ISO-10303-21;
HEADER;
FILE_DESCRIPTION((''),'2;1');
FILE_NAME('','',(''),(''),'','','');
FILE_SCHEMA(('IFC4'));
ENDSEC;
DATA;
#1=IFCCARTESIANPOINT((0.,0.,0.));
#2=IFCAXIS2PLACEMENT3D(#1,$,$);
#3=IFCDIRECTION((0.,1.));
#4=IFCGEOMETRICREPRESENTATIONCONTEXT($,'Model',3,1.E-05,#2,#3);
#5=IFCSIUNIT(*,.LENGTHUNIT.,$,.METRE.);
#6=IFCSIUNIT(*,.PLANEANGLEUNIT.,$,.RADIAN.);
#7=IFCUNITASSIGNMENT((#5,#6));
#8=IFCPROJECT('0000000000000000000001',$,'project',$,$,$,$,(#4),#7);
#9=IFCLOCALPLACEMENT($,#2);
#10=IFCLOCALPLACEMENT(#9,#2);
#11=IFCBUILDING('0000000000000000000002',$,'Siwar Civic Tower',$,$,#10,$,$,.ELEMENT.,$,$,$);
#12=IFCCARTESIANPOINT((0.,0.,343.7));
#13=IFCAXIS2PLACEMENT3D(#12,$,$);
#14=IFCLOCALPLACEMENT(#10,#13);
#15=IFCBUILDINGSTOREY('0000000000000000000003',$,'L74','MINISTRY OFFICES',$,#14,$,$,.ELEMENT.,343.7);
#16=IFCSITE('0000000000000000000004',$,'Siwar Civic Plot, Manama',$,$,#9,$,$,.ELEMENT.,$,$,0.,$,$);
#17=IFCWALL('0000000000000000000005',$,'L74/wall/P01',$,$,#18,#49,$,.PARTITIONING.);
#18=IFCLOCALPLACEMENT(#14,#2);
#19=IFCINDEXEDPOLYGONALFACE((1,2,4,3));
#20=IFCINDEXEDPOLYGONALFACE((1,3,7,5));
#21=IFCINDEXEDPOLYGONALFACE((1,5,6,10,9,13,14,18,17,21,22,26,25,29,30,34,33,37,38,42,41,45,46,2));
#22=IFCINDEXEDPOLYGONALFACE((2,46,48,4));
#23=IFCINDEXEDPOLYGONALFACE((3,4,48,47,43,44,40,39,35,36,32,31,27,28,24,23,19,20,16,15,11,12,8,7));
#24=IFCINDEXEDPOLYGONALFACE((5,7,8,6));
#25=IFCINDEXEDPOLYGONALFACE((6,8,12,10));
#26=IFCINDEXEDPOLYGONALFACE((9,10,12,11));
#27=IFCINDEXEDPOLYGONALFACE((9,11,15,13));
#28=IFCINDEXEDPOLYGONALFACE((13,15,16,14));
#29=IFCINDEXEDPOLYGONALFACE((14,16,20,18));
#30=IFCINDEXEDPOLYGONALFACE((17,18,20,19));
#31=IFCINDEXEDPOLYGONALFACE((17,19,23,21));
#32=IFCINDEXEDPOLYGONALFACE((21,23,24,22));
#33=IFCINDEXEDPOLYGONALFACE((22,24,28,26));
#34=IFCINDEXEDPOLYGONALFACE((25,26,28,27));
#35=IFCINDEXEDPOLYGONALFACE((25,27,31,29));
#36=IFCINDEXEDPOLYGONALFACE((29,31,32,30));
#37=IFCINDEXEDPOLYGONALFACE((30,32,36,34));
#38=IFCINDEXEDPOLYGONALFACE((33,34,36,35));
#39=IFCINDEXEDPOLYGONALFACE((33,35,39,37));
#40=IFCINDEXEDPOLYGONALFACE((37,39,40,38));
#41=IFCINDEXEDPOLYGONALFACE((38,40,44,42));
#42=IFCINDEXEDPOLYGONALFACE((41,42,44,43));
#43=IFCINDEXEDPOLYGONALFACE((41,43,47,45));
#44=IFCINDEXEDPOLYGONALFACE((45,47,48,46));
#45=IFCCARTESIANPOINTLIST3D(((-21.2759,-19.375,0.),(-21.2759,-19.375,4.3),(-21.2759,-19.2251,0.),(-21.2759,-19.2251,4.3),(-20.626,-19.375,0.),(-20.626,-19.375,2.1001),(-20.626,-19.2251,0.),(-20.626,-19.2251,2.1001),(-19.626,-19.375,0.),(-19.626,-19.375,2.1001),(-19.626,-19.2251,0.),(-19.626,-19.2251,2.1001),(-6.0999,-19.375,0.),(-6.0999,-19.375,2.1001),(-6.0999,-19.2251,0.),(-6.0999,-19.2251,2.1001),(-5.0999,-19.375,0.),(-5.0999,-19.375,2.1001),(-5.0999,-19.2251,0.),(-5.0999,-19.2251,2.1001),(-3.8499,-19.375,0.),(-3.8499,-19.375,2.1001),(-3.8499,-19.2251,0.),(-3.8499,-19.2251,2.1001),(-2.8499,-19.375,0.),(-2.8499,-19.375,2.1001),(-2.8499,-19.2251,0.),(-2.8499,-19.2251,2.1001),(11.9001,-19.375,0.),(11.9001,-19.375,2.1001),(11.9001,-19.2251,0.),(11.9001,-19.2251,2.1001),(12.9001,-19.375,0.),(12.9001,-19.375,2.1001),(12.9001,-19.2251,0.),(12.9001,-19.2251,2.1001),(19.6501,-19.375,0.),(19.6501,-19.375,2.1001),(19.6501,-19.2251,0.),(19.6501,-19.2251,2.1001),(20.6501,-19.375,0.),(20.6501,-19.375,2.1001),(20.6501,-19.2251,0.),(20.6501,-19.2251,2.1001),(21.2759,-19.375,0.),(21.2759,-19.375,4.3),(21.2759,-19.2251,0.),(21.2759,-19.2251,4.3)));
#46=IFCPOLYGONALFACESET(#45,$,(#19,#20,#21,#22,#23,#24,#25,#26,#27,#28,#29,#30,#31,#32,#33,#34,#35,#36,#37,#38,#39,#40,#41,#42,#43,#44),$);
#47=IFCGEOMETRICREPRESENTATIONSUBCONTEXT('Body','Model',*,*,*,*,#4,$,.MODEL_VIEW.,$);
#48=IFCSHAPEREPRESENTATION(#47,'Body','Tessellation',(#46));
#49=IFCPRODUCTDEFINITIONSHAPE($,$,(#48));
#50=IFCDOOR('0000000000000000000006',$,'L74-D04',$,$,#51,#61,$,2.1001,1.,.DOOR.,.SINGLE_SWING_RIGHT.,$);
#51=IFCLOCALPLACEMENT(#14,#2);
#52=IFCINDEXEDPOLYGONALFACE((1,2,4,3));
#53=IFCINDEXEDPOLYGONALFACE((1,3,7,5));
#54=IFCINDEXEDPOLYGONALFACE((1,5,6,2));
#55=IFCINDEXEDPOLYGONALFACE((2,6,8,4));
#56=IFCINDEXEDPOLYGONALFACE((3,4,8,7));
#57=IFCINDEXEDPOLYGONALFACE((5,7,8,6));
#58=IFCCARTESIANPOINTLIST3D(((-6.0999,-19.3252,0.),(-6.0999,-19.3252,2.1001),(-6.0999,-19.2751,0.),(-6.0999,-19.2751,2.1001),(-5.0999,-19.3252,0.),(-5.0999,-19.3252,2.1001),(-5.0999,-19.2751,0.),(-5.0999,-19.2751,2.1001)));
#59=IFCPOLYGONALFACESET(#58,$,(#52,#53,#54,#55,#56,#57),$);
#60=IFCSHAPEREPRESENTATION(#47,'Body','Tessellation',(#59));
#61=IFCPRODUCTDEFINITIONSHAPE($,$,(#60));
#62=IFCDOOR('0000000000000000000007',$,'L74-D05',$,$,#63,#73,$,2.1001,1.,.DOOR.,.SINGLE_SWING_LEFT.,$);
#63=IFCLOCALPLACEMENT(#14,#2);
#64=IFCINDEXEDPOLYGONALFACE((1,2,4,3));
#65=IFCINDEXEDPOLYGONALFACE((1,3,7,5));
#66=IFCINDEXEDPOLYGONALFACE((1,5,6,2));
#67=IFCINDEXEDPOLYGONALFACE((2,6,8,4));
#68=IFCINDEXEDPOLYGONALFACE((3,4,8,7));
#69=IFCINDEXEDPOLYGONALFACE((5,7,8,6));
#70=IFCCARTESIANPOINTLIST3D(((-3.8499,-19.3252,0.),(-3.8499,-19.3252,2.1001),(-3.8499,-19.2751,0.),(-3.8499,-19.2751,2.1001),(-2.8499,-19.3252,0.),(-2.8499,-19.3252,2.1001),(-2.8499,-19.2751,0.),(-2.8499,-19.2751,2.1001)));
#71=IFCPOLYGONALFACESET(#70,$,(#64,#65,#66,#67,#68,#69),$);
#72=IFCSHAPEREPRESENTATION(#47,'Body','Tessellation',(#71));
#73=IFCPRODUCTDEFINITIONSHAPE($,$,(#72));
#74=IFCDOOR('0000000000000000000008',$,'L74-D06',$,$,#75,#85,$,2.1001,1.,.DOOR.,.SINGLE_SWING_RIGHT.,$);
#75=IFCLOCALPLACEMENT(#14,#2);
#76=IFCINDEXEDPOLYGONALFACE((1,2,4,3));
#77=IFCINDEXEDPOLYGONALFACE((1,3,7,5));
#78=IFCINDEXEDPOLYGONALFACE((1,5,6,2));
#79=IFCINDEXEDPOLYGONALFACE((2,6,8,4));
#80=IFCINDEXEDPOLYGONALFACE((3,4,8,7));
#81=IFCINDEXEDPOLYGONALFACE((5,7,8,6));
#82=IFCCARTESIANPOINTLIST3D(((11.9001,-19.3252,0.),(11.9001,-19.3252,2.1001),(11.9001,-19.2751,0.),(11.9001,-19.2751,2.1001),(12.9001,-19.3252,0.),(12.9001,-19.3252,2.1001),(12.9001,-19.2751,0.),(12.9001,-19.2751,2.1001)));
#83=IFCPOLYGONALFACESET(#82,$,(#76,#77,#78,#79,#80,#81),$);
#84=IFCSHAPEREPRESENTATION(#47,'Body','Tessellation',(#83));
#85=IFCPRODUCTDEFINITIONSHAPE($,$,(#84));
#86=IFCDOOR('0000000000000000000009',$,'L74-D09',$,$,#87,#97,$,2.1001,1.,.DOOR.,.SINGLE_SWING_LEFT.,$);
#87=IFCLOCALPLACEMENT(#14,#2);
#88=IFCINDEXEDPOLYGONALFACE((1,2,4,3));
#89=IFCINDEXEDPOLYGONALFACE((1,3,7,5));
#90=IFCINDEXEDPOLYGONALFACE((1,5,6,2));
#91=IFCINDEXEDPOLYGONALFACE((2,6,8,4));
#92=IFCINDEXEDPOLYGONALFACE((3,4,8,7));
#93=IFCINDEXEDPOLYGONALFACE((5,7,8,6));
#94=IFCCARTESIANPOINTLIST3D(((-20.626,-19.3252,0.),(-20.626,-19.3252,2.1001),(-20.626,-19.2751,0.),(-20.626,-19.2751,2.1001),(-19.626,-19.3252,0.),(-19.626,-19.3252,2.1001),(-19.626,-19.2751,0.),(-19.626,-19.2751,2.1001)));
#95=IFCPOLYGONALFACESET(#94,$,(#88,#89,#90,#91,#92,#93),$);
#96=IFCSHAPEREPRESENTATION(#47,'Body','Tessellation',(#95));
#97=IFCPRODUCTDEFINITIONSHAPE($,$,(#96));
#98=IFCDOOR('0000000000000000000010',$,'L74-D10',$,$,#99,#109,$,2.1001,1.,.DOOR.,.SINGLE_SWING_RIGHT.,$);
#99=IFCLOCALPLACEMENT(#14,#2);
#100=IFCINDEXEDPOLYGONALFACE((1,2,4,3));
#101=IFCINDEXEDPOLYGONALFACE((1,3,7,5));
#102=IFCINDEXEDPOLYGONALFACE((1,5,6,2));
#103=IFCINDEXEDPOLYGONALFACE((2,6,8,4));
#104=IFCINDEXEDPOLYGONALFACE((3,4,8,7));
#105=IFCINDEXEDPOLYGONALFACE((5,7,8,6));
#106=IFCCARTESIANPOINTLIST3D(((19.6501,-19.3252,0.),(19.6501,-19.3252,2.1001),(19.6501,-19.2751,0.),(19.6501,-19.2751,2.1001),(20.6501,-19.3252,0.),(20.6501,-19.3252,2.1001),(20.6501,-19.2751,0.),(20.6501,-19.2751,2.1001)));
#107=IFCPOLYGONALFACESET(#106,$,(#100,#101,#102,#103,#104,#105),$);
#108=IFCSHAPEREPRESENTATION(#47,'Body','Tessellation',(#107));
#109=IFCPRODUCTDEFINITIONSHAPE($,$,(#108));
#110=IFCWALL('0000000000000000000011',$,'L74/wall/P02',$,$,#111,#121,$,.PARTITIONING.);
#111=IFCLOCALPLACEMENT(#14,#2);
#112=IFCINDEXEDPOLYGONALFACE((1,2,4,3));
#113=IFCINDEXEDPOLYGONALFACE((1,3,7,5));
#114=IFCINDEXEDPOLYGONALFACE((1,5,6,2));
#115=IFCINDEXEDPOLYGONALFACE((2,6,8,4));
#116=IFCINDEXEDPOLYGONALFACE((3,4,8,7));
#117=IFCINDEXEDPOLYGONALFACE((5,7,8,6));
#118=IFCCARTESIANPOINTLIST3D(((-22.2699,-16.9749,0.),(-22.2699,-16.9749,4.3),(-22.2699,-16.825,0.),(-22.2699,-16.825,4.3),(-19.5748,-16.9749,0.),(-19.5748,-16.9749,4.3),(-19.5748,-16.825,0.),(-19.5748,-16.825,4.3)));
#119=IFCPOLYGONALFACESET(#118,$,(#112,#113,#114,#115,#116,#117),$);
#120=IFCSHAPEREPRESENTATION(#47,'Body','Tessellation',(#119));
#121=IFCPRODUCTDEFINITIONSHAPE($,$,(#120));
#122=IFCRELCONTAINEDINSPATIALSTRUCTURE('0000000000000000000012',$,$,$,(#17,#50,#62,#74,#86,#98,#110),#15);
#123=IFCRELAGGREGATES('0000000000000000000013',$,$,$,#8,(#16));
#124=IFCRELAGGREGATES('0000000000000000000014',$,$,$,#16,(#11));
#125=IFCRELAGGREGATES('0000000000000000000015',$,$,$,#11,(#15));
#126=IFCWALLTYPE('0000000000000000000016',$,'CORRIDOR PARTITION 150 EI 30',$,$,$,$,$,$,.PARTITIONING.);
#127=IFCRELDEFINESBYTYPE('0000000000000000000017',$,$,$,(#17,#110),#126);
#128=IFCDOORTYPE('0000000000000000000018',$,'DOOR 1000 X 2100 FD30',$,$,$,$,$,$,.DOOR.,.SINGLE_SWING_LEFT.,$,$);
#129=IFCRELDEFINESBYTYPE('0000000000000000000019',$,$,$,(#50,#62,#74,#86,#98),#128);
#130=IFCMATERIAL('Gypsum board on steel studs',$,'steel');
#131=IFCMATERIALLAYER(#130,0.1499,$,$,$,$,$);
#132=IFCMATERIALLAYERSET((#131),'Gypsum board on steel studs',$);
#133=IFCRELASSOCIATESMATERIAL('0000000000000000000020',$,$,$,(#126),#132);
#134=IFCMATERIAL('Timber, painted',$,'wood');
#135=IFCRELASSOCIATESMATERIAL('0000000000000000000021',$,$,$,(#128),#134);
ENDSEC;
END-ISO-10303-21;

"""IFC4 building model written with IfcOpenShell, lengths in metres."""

from ifc_helpers import new_model, si_unit, direction, frame, frame_2d, origin, place, context, subcontext, project, spatial, rectangle, extrude, material, layer, layer_set, type_object, element, fill, save


model = new_model("IFC4")

# Units and contexts
model_context = context("Model", 3, precision=1e-05, world=origin(), true_north=direction((0.0, 1.0)))
body_context = subcontext(model_context, "Body", "Model", "MODEL_VIEW")
ifc_project = project(units=[si_unit("LENGTHUNIT", "METRE"), si_unit("PLANEANGLEUNIT", "RADIAN")], contexts=[model_context])

# Site, building, storey
site_placement = place(None, origin())
site = spatial("IfcSite", under=ifc_project, at=site_placement, Name="Siwar Civic Plot, Manama", CompositionType="ELEMENT", RefElevation=0.0)
building_placement = place(site_placement, origin())
building = spatial("IfcBuilding", under=site, at=building_placement, Name="Siwar Civic Tower", CompositionType="ELEMENT")
storey_placement = place(building_placement, frame((0.0, 0.0, 343.7)))
storey = spatial("IfcBuildingStorey", under=building, at=storey_placement, Name="L74", Description="MINISTRY OFFICES", CompositionType="ELEMENT", Elevation=343.7)

# Wall, openings, doors
ifc_material_1 = material(Name="Gypsum board on steel studs", Category="steel")
ifc_layer_1 = layer(ifc_material_1, 0.1499)
ifc_layer_set_1 = layer_set([ifc_layer_1], Name="Gypsum board on steel studs")
wall_type = type_object("IfcWallType", Name="CORRIDOR PARTITION 150 EI 30", PredefinedType="PARTITIONING", material=ifc_layer_set_1)
wall_1_placement = place(storey_placement, frame((-21.2759, -19.3, 0.0), z_axis=(0.0, 0.0, 1.0), x_axis=(1.0, 0.0, 0.0)))
wall_1 = element("IfcWall", 1, at=wall_1_placement, inside=storey, type_object=wall_type, Name="L74/wall/P01", PredefinedType="PARTITIONING", context=body_context, shape_type="SweptSolid", body=[
    extrude(rectangle(XDim=42.5518, YDim=0.1499, at=frame_2d((21.2759, 0.0))), origin(), (0.0, 0.0, 1.0), 4.3),
])
opening_1_placement = place(wall_1_placement, frame((15.176, 0.0, 0.0)))
opening_1 = element("IfcOpeningElement", 2, at=opening_1_placement, cuts=wall_1, PredefinedType="OPENING", context=body_context, shape_type="SweptSolid", body=[
    extrude(rectangle(XDim=1.0, YDim=2.1001, at=frame_2d((0.5, 1.05))), frame((0.0, 0.085, 0.0), z_axis=(0.0, -1.0, 0.0), x_axis=(1.0, 0.0, 0.0)), (0.0, 0.0, 1.0), 0.1699),
])
opening_2_placement = place(wall_1_placement, frame((17.426, 0.0, 0.0)))
opening_2 = element("IfcOpeningElement", 3, at=opening_2_placement, cuts=wall_1, PredefinedType="OPENING", context=body_context, shape_type="SweptSolid", body=[
    extrude(rectangle(XDim=1.0, YDim=2.1001, at=frame_2d((0.5, 1.05))), frame((0.0, 0.085, 0.0), z_axis=(0.0, -1.0, 0.0), x_axis=(1.0, 0.0, 0.0)), (0.0, 0.0, 1.0), 0.1699),
])
opening_3_placement = place(wall_1_placement, frame((33.176, 0.0, 0.0)))
opening_3 = element("IfcOpeningElement", 4, at=opening_3_placement, cuts=wall_1, PredefinedType="OPENING", context=body_context, shape_type="SweptSolid", body=[
    extrude(rectangle(XDim=1.0, YDim=2.1001, at=frame_2d((0.5, 1.05))), frame((0.0, 0.085, 0.0), z_axis=(0.0, -1.0, 0.0), x_axis=(1.0, 0.0, 0.0)), (0.0, 0.0, 1.0), 0.1699),
])
opening_4_placement = place(wall_1_placement, frame((0.6499, 0.0, 0.0)))
opening_4 = element("IfcOpeningElement", 5, at=opening_4_placement, cuts=wall_1, PredefinedType="OPENING", context=body_context, shape_type="SweptSolid", body=[
    extrude(rectangle(XDim=1.0, YDim=2.1001, at=frame_2d((0.5, 1.05))), frame((0.0, 0.085, 0.0), z_axis=(0.0, -1.0, 0.0), x_axis=(1.0, 0.0, 0.0)), (0.0, 0.0, 1.0), 0.1699),
])
opening_5_placement = place(wall_1_placement, frame((40.926, 0.0, 0.0)))
opening_5 = element("IfcOpeningElement", 6, at=opening_5_placement, cuts=wall_1, PredefinedType="OPENING", context=body_context, shape_type="SweptSolid", body=[
    extrude(rectangle(XDim=1.0, YDim=2.1001, at=frame_2d((0.5, 1.05))), frame((0.0, 0.085, 0.0), z_axis=(0.0, -1.0, 0.0), x_axis=(1.0, 0.0, 0.0)), (0.0, 0.0, 1.0), 0.1699),
])
ifc_material_2 = material(Name="Timber, painted", Category="wood")
door_type = type_object("IfcDoorType", Name="DOOR 1000 X 2100 FD30", OperationType="SINGLE_SWING_LEFT", PredefinedType="DOOR", material=ifc_material_2)
door_1_placement = place(opening_1_placement, origin())
door_1 = element("IfcDoor", 7, at=door_1_placement, inside=storey, type_object=door_type, Name="L74-D04", OperationType="SINGLE_SWING_RIGHT", OverallHeight=2.1001, OverallWidth=1.0, PredefinedType="DOOR", context=body_context, shape_type="SweptSolid", body=[
    extrude(rectangle(XDim=1.0, YDim=2.1001, at=frame_2d((0.5, 1.05))), frame((0.0, 0.0249, 0.0), z_axis=(0.0, -1.0, 0.0), x_axis=(1.0, 0.0, 0.0)), (0.0, 0.0, 1.0), 0.05),
])
fill(opening_1, door_1)
door_2_placement = place(opening_2_placement, origin())
door_2 = element("IfcDoor", 8, at=door_2_placement, inside=storey, type_object=door_type, Name="L74-D05", OperationType="SINGLE_SWING_LEFT", OverallHeight=2.1001, OverallWidth=1.0, PredefinedType="DOOR", context=body_context, shape_type="SweptSolid", body=[
    extrude(rectangle(XDim=1.0, YDim=2.1001, at=frame_2d((0.5, 1.05))), frame((0.0, 0.0249, 0.0), z_axis=(0.0, -1.0, 0.0), x_axis=(1.0, 0.0, 0.0)), (0.0, 0.0, 1.0), 0.05),
])
fill(opening_2, door_2)
door_3_placement = place(opening_3_placement, origin())
door_3 = element("IfcDoor", 9, at=door_3_placement, inside=storey, type_object=door_type, Name="L74-D06", OperationType="SINGLE_SWING_RIGHT", OverallHeight=2.1001, OverallWidth=1.0, PredefinedType="DOOR", context=body_context, shape_type="SweptSolid", body=[
    extrude(rectangle(XDim=1.0, YDim=2.1001, at=frame_2d((0.5, 1.05))), frame((0.0, 0.0249, 0.0), z_axis=(0.0, -1.0, 0.0), x_axis=(1.0, 0.0, 0.0)), (0.0, 0.0, 1.0), 0.05),
])
fill(opening_3, door_3)
door_4_placement = place(opening_4_placement, origin())
door_4 = element("IfcDoor", 10, at=door_4_placement, inside=storey, type_object=door_type, Name="L74-D09", OperationType="SINGLE_SWING_LEFT", OverallHeight=2.1001, OverallWidth=1.0, PredefinedType="DOOR", context=body_context, shape_type="SweptSolid", body=[
    extrude(rectangle(XDim=1.0, YDim=2.1001, at=frame_2d((0.5, 1.05))), frame((0.0, 0.0249, 0.0), z_axis=(0.0, -1.0, 0.0), x_axis=(1.0, 0.0, 0.0)), (0.0, 0.0, 1.0), 0.05),
])
fill(opening_4, door_4)
door_5_placement = place(opening_5_placement, origin())
door_5 = element("IfcDoor", 11, at=door_5_placement, inside=storey, type_object=door_type, Name="L74-D10", OperationType="SINGLE_SWING_RIGHT", OverallHeight=2.1001, OverallWidth=1.0, PredefinedType="DOOR", context=body_context, shape_type="SweptSolid", body=[
    extrude(rectangle(XDim=1.0, YDim=2.1001, at=frame_2d((0.5, 1.05))), frame((0.0, 0.0249, 0.0), z_axis=(0.0, -1.0, 0.0), x_axis=(1.0, 0.0, 0.0)), (0.0, 0.0, 1.0), 0.05),
])
fill(opening_5, door_5)

# Wall
wall_2_placement = place(storey_placement, frame((-22.27, -16.8999, 0.0), z_axis=(0.0, 0.0, 1.0), x_axis=(1.0, 0.0, 0.0)))
element("IfcWall", 12, at=wall_2_placement, inside=storey, type_object=wall_type, Name="L74/wall/P02", PredefinedType="PARTITIONING", context=body_context, shape_type="SweptSolid", body=[
    extrude(rectangle(XDim=2.6951, YDim=0.1499, at=frame_2d((1.3477, 0.0))), origin(), (0.0, 0.0, 1.0), 4.3),
])

save(model, "model.ifc")
